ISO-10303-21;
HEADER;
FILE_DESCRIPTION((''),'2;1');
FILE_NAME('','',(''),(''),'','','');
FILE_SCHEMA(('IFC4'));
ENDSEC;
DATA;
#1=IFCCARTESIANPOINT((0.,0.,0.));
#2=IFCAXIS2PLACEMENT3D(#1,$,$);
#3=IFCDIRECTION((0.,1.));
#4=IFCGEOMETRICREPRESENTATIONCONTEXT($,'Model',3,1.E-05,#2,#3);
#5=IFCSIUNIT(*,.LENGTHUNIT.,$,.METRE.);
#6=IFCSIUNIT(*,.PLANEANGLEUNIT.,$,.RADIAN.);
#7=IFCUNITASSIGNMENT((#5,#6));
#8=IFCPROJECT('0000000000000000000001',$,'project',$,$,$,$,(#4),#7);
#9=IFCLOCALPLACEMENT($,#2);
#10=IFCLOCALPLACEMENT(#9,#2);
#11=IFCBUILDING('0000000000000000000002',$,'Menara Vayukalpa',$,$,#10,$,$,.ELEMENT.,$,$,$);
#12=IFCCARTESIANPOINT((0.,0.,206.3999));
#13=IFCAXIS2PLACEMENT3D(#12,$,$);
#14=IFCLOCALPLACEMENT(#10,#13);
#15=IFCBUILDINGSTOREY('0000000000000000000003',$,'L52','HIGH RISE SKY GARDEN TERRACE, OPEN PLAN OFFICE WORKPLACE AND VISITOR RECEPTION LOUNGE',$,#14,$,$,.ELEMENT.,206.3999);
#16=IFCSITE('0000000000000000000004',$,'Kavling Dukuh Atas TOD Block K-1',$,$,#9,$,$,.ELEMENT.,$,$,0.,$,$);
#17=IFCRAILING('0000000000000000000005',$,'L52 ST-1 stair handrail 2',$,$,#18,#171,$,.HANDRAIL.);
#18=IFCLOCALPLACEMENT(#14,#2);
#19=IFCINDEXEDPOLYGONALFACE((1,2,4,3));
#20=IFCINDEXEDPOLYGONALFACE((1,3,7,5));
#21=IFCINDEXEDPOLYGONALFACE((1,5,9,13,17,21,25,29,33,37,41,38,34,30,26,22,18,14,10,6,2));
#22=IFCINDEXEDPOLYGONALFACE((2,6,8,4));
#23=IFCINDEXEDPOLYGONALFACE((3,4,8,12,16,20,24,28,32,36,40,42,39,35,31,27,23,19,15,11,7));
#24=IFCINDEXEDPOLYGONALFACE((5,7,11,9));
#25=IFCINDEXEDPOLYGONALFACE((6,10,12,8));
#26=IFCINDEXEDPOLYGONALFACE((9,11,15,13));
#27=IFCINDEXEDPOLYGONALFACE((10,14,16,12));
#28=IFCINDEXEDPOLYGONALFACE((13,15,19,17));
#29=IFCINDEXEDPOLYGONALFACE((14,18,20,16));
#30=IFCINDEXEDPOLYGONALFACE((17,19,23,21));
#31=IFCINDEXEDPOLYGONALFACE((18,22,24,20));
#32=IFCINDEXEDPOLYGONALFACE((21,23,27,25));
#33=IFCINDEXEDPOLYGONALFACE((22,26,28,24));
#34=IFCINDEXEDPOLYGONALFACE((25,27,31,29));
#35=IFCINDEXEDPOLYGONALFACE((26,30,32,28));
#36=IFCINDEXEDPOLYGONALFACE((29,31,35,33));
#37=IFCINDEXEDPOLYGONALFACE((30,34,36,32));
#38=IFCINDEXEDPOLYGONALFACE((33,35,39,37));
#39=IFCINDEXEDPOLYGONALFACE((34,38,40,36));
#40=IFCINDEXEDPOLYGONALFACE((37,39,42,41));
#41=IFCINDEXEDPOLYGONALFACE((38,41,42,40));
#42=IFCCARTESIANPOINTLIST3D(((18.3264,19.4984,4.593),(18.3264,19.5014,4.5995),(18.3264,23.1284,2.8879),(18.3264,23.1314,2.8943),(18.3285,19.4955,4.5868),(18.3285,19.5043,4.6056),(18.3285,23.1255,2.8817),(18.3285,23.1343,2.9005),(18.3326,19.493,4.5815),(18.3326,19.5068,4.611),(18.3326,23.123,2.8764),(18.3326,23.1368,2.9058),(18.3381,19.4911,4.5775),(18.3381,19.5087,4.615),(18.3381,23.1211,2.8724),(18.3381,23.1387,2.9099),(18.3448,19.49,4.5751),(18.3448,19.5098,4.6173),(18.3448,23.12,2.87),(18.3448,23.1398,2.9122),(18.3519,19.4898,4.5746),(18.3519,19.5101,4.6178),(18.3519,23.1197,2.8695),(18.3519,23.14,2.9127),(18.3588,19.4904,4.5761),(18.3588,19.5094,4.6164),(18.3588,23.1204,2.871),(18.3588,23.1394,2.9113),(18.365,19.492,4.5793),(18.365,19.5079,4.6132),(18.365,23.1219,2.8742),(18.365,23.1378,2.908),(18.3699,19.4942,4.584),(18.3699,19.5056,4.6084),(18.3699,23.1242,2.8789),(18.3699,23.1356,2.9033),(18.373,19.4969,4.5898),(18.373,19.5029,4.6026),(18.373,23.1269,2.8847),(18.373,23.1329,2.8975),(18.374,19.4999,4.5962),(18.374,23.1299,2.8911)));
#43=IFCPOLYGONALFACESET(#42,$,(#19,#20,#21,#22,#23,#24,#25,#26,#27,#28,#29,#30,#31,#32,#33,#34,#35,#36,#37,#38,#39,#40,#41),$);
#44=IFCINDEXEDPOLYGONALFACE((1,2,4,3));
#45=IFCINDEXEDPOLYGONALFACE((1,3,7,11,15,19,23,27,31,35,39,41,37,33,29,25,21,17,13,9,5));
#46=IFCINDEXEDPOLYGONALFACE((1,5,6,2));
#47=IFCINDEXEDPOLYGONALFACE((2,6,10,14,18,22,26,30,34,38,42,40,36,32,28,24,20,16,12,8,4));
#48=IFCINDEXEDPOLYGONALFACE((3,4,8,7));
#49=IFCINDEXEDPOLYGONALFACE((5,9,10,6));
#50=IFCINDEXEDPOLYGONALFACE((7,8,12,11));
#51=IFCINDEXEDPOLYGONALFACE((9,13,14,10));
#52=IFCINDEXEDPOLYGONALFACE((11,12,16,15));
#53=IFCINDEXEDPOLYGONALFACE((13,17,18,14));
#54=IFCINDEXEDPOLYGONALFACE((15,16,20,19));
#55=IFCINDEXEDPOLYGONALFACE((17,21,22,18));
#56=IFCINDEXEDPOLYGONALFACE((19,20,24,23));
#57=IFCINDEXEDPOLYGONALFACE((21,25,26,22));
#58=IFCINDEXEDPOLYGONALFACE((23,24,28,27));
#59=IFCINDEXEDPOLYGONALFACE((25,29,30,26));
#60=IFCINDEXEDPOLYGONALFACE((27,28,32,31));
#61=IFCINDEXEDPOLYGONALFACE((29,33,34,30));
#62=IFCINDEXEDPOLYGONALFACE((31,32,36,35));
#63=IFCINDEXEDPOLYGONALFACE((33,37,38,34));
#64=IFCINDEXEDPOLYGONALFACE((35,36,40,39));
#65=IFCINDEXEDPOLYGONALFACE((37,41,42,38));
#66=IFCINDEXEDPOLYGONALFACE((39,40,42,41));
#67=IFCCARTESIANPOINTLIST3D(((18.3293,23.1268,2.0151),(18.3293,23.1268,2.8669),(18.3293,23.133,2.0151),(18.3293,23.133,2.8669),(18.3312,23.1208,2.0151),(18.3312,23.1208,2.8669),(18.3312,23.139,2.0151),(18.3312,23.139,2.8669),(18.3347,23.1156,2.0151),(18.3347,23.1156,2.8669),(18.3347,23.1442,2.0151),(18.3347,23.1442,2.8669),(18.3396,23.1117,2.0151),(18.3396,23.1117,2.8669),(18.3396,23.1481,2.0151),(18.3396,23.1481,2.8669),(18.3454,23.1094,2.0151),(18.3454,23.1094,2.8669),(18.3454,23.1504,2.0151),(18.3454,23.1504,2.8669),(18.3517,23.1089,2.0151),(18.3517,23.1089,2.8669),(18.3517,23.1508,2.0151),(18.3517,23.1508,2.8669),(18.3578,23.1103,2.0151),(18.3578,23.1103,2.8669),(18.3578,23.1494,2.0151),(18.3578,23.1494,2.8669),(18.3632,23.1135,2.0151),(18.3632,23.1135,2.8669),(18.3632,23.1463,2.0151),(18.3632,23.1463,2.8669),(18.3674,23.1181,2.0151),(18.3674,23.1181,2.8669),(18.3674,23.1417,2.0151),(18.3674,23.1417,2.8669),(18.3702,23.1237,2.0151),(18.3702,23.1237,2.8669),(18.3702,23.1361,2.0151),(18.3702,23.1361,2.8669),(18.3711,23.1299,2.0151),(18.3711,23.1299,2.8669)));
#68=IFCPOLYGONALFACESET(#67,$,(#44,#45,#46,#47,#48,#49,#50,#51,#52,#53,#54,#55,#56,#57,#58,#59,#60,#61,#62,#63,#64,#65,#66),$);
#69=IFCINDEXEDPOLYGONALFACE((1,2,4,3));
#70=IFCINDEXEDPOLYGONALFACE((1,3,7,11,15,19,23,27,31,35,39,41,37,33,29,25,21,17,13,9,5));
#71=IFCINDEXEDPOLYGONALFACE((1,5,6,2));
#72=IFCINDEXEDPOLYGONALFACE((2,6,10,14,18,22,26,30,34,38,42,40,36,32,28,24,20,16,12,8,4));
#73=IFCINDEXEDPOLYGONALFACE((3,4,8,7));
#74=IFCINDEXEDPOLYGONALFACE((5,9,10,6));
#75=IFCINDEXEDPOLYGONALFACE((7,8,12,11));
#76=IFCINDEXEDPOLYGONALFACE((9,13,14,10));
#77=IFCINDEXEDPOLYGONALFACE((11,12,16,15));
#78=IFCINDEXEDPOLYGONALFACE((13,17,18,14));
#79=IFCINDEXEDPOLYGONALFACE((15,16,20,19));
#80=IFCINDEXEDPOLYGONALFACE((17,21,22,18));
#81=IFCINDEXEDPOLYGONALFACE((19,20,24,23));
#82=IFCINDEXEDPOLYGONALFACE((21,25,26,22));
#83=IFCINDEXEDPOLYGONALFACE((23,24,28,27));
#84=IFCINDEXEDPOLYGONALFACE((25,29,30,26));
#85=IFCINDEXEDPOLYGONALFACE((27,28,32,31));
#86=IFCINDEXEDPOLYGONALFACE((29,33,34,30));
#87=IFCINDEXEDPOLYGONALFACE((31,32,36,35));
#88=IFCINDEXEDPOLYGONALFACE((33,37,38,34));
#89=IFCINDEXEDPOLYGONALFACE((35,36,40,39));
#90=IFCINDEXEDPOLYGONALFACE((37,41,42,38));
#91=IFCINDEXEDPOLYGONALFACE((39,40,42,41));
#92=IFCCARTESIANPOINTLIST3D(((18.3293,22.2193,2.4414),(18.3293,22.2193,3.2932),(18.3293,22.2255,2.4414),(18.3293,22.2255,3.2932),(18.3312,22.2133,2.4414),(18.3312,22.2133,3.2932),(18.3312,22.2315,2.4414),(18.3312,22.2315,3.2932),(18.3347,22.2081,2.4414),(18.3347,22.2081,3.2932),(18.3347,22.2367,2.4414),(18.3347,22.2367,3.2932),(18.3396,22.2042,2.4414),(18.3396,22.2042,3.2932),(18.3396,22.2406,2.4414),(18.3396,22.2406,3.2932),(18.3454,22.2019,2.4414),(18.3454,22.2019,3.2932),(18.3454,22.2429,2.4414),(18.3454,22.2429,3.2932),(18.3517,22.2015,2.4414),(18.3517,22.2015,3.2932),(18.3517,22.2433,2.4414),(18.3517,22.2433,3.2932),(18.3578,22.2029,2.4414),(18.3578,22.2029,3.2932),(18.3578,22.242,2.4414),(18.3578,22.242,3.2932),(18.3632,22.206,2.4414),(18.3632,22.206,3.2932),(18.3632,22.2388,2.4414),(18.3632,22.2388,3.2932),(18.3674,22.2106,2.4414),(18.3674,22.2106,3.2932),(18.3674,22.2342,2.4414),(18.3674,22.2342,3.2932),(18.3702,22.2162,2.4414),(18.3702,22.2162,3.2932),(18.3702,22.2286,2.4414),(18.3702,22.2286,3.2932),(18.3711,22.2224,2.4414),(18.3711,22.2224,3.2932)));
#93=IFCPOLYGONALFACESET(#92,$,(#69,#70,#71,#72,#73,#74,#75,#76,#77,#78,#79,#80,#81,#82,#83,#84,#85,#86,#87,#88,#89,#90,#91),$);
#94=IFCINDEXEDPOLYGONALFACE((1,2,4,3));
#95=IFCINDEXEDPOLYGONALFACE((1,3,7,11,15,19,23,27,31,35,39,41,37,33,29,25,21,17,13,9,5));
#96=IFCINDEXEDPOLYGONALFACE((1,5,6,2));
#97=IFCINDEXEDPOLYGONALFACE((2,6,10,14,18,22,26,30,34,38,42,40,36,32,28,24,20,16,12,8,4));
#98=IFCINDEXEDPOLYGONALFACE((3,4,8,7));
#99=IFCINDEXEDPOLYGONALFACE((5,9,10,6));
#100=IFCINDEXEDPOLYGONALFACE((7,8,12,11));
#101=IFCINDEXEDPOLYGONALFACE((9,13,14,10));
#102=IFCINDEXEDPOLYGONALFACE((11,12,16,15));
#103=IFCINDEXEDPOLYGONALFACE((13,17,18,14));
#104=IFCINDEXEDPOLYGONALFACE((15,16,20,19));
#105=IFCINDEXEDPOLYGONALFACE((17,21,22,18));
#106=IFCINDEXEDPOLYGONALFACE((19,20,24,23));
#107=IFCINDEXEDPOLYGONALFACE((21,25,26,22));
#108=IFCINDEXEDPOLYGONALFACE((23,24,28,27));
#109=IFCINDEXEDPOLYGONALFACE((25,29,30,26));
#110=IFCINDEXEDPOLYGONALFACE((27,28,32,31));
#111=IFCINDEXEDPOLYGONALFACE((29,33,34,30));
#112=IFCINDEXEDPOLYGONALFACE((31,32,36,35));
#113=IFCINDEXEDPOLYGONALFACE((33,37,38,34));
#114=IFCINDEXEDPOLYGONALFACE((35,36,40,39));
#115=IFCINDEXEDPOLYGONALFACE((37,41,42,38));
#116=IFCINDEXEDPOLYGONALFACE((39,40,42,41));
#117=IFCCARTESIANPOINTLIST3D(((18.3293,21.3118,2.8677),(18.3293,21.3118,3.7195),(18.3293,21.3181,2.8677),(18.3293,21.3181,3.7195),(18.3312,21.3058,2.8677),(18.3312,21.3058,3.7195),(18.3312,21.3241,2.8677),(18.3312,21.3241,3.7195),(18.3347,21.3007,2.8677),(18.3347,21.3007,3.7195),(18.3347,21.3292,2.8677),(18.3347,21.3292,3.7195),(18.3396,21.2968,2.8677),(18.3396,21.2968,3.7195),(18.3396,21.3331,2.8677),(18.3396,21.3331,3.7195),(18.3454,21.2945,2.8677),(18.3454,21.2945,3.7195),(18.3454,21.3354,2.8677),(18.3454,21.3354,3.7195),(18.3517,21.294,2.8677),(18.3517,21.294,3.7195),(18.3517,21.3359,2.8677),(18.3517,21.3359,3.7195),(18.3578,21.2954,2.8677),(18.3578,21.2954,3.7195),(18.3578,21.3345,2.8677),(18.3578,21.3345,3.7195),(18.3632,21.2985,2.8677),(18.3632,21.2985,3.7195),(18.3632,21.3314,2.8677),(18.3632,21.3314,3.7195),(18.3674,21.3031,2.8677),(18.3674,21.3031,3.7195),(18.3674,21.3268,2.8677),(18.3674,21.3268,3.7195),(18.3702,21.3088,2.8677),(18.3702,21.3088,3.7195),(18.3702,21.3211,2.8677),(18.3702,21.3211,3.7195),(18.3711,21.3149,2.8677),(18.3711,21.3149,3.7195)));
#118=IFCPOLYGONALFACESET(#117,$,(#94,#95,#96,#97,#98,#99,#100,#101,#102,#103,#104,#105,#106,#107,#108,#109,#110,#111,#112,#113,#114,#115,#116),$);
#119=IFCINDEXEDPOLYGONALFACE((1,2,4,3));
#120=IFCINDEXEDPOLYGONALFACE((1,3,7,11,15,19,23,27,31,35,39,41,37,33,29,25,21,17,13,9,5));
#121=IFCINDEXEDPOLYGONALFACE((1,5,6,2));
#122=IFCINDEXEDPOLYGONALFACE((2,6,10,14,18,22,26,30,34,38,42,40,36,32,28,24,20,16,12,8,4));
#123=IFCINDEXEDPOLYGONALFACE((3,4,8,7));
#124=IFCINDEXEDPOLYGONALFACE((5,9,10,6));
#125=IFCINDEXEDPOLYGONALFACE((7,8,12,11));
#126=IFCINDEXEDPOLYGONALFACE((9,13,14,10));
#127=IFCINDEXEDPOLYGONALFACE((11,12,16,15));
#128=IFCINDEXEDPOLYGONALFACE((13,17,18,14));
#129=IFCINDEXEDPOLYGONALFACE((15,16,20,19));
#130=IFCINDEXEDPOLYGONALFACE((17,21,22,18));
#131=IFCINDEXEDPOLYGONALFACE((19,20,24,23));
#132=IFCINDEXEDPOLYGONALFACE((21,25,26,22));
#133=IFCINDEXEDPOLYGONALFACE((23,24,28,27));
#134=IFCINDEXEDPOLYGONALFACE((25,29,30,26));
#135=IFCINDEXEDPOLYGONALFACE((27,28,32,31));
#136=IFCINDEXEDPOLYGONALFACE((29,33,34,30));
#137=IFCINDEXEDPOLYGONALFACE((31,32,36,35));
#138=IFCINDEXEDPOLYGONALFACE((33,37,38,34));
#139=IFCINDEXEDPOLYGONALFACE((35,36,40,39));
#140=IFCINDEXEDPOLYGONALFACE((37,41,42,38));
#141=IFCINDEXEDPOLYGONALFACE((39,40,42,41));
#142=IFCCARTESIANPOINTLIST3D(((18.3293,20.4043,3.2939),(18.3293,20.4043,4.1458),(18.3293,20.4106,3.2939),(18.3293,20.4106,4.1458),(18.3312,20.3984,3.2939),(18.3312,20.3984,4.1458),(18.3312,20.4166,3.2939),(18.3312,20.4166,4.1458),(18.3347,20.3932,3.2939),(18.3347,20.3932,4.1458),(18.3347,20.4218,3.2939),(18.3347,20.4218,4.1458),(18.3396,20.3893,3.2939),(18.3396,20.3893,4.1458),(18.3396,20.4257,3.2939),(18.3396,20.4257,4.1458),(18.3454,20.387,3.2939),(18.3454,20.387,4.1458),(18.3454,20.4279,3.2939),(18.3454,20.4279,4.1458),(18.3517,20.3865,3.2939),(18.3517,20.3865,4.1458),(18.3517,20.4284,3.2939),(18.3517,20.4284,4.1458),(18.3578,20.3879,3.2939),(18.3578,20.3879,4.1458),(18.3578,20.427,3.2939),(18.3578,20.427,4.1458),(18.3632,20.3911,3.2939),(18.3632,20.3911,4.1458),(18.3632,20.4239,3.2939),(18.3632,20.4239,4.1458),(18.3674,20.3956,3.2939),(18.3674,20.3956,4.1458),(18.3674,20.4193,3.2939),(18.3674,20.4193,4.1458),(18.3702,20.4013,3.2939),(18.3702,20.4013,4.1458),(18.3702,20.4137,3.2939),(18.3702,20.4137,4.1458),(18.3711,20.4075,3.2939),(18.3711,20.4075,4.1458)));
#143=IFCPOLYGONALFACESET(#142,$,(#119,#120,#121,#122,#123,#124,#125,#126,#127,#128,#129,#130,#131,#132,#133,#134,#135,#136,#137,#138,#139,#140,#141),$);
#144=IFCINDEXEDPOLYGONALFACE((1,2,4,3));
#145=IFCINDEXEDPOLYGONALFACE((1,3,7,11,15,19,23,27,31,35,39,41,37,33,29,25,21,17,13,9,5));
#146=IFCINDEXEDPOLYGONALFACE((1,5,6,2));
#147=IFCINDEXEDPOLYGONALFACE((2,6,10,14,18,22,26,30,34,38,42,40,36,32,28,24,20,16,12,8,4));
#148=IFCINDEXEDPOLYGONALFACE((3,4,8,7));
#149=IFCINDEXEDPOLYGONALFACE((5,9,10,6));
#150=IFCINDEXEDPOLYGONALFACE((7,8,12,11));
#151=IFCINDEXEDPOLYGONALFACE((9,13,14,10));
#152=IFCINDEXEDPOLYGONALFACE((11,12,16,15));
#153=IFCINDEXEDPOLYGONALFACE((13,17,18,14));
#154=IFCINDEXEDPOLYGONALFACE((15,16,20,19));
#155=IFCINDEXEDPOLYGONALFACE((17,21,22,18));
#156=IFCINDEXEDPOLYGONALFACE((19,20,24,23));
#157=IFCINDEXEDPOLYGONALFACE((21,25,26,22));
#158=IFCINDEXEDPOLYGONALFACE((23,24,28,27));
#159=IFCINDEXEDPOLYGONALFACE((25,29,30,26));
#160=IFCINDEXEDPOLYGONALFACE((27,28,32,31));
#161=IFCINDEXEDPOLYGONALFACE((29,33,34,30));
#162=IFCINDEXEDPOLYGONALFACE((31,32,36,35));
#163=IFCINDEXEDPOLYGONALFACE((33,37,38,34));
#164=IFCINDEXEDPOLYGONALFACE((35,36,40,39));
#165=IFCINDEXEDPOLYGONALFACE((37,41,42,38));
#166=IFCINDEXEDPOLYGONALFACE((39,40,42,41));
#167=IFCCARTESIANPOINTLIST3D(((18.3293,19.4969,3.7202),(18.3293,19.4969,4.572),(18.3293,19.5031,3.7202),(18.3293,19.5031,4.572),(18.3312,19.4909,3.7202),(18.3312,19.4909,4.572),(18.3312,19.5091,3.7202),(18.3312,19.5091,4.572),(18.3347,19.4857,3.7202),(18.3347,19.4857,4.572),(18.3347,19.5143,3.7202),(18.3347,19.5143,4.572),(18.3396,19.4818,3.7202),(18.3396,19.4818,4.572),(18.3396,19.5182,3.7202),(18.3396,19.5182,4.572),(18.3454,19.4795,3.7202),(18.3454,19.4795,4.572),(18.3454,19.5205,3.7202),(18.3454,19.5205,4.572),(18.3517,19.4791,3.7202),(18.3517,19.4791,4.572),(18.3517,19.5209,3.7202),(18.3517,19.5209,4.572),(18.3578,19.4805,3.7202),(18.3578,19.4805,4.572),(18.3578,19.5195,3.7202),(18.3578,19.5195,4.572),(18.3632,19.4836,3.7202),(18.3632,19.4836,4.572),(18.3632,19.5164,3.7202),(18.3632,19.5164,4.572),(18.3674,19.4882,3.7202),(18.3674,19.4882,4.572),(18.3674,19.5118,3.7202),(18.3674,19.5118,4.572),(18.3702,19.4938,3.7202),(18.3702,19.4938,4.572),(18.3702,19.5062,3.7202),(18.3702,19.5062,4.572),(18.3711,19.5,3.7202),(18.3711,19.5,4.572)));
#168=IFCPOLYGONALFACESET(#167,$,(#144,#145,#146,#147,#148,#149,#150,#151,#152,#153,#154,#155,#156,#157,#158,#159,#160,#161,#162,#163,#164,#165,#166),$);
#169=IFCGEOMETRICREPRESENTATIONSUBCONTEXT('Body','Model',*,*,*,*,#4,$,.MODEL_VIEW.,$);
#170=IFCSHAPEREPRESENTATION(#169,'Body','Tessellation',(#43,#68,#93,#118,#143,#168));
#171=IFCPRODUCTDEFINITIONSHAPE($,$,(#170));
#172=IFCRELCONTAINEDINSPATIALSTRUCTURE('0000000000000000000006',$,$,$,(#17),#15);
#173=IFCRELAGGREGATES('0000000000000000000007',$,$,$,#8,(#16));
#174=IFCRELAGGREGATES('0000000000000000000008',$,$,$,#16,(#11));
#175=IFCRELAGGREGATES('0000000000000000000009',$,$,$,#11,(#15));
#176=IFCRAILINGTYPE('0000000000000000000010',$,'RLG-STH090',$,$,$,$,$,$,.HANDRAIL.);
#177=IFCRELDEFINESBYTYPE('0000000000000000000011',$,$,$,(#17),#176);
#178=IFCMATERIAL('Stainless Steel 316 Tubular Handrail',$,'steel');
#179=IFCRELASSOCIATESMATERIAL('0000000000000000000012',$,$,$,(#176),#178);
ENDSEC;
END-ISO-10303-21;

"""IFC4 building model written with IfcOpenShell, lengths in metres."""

from ifc_helpers import new_model, si_unit, direction, frame, origin, origin_2d, place, context, subcontext, project, spatial, circle, extrude, material, type_object, element, save


model = new_model("IFC4")

# Units and contexts
model_context = context("Model", 3, precision=1e-05, world=origin(), true_north=direction((0.0, 1.0)))
body_context = subcontext(model_context, "Body", "Model", "MODEL_VIEW")
ifc_project = project(units=[si_unit("LENGTHUNIT", "METRE"), si_unit("PLANEANGLEUNIT", "RADIAN")], contexts=[model_context])

# Site, building, storey
site_placement = place(None, origin())
site = spatial("IfcSite", under=ifc_project, at=site_placement, Name="Kavling Dukuh Atas TOD Block K-1", CompositionType="ELEMENT", RefElevation=0.0)
building_placement = place(site_placement, origin())
building = spatial("IfcBuilding", under=site, at=building_placement, Name="Menara Vayukalpa", CompositionType="ELEMENT")
storey_placement = place(building_placement, frame((0.0, 0.0, 206.3999)))
storey = spatial("IfcBuildingStorey", under=building, at=storey_placement, Name="L52", Description="HIGH RISE SKY GARDEN TERRACE, OPEN PLAN OFFICE WORKPLACE AND VISITOR RECEPTION LOUNGE", CompositionType="ELEMENT", Elevation=206.3999)

# Railing
ifc_material_1 = material(Name="Stainless Steel 316 Tubular Handrail", Category="steel")
railing_type_1 = type_object("IfcRailingType", Name="RLG-STH090", PredefinedType="HANDRAIL", material=ifc_material_1)
railing_1_placement = place(storey_placement, frame((18.3501, 23.1299, 2.0151)))
element("IfcRailing", 1, at=railing_1_placement, inside=storey, type_object=railing_type_1, Name="L52 ST-1 stair handrail 2", PredefinedType="HANDRAIL", context=body_context, shape_type="SweptSolid", body=[
    extrude(circle(Radius=0.0239, at=origin_2d()), frame((0.0, 0.0, 0.876), z_axis=(0.0, -0.905116, 0.425164), x_axis=(1.0, 0.0, 0.0)), (0.0, 0.0, 1.0), 4.0105),
    extrude(circle(Radius=0.021, at=origin_2d()), origin(), (0.0, 0.0, 1.0), 0.8518),
    extrude(circle(Radius=0.021, at=origin_2d()), frame((0.0, -0.9075, 0.4263)), (0.0, 0.0, 1.0), 0.8518),
    extrude(circle(Radius=0.021, at=origin_2d()), frame((0.0, -1.8149, 0.8525)), (0.0, 0.0, 1.0), 0.8518),
    extrude(circle(Radius=0.021, at=origin_2d()), frame((0.0, -2.7224, 1.2788)), (0.0, 0.0, 1.0), 0.8518),
    extrude(circle(Radius=0.021, at=origin_2d()), frame((0.0, -3.6299, 1.7051)), (0.0, 0.0, 1.0), 0.8518),
])

save(model, "model.ifc")
